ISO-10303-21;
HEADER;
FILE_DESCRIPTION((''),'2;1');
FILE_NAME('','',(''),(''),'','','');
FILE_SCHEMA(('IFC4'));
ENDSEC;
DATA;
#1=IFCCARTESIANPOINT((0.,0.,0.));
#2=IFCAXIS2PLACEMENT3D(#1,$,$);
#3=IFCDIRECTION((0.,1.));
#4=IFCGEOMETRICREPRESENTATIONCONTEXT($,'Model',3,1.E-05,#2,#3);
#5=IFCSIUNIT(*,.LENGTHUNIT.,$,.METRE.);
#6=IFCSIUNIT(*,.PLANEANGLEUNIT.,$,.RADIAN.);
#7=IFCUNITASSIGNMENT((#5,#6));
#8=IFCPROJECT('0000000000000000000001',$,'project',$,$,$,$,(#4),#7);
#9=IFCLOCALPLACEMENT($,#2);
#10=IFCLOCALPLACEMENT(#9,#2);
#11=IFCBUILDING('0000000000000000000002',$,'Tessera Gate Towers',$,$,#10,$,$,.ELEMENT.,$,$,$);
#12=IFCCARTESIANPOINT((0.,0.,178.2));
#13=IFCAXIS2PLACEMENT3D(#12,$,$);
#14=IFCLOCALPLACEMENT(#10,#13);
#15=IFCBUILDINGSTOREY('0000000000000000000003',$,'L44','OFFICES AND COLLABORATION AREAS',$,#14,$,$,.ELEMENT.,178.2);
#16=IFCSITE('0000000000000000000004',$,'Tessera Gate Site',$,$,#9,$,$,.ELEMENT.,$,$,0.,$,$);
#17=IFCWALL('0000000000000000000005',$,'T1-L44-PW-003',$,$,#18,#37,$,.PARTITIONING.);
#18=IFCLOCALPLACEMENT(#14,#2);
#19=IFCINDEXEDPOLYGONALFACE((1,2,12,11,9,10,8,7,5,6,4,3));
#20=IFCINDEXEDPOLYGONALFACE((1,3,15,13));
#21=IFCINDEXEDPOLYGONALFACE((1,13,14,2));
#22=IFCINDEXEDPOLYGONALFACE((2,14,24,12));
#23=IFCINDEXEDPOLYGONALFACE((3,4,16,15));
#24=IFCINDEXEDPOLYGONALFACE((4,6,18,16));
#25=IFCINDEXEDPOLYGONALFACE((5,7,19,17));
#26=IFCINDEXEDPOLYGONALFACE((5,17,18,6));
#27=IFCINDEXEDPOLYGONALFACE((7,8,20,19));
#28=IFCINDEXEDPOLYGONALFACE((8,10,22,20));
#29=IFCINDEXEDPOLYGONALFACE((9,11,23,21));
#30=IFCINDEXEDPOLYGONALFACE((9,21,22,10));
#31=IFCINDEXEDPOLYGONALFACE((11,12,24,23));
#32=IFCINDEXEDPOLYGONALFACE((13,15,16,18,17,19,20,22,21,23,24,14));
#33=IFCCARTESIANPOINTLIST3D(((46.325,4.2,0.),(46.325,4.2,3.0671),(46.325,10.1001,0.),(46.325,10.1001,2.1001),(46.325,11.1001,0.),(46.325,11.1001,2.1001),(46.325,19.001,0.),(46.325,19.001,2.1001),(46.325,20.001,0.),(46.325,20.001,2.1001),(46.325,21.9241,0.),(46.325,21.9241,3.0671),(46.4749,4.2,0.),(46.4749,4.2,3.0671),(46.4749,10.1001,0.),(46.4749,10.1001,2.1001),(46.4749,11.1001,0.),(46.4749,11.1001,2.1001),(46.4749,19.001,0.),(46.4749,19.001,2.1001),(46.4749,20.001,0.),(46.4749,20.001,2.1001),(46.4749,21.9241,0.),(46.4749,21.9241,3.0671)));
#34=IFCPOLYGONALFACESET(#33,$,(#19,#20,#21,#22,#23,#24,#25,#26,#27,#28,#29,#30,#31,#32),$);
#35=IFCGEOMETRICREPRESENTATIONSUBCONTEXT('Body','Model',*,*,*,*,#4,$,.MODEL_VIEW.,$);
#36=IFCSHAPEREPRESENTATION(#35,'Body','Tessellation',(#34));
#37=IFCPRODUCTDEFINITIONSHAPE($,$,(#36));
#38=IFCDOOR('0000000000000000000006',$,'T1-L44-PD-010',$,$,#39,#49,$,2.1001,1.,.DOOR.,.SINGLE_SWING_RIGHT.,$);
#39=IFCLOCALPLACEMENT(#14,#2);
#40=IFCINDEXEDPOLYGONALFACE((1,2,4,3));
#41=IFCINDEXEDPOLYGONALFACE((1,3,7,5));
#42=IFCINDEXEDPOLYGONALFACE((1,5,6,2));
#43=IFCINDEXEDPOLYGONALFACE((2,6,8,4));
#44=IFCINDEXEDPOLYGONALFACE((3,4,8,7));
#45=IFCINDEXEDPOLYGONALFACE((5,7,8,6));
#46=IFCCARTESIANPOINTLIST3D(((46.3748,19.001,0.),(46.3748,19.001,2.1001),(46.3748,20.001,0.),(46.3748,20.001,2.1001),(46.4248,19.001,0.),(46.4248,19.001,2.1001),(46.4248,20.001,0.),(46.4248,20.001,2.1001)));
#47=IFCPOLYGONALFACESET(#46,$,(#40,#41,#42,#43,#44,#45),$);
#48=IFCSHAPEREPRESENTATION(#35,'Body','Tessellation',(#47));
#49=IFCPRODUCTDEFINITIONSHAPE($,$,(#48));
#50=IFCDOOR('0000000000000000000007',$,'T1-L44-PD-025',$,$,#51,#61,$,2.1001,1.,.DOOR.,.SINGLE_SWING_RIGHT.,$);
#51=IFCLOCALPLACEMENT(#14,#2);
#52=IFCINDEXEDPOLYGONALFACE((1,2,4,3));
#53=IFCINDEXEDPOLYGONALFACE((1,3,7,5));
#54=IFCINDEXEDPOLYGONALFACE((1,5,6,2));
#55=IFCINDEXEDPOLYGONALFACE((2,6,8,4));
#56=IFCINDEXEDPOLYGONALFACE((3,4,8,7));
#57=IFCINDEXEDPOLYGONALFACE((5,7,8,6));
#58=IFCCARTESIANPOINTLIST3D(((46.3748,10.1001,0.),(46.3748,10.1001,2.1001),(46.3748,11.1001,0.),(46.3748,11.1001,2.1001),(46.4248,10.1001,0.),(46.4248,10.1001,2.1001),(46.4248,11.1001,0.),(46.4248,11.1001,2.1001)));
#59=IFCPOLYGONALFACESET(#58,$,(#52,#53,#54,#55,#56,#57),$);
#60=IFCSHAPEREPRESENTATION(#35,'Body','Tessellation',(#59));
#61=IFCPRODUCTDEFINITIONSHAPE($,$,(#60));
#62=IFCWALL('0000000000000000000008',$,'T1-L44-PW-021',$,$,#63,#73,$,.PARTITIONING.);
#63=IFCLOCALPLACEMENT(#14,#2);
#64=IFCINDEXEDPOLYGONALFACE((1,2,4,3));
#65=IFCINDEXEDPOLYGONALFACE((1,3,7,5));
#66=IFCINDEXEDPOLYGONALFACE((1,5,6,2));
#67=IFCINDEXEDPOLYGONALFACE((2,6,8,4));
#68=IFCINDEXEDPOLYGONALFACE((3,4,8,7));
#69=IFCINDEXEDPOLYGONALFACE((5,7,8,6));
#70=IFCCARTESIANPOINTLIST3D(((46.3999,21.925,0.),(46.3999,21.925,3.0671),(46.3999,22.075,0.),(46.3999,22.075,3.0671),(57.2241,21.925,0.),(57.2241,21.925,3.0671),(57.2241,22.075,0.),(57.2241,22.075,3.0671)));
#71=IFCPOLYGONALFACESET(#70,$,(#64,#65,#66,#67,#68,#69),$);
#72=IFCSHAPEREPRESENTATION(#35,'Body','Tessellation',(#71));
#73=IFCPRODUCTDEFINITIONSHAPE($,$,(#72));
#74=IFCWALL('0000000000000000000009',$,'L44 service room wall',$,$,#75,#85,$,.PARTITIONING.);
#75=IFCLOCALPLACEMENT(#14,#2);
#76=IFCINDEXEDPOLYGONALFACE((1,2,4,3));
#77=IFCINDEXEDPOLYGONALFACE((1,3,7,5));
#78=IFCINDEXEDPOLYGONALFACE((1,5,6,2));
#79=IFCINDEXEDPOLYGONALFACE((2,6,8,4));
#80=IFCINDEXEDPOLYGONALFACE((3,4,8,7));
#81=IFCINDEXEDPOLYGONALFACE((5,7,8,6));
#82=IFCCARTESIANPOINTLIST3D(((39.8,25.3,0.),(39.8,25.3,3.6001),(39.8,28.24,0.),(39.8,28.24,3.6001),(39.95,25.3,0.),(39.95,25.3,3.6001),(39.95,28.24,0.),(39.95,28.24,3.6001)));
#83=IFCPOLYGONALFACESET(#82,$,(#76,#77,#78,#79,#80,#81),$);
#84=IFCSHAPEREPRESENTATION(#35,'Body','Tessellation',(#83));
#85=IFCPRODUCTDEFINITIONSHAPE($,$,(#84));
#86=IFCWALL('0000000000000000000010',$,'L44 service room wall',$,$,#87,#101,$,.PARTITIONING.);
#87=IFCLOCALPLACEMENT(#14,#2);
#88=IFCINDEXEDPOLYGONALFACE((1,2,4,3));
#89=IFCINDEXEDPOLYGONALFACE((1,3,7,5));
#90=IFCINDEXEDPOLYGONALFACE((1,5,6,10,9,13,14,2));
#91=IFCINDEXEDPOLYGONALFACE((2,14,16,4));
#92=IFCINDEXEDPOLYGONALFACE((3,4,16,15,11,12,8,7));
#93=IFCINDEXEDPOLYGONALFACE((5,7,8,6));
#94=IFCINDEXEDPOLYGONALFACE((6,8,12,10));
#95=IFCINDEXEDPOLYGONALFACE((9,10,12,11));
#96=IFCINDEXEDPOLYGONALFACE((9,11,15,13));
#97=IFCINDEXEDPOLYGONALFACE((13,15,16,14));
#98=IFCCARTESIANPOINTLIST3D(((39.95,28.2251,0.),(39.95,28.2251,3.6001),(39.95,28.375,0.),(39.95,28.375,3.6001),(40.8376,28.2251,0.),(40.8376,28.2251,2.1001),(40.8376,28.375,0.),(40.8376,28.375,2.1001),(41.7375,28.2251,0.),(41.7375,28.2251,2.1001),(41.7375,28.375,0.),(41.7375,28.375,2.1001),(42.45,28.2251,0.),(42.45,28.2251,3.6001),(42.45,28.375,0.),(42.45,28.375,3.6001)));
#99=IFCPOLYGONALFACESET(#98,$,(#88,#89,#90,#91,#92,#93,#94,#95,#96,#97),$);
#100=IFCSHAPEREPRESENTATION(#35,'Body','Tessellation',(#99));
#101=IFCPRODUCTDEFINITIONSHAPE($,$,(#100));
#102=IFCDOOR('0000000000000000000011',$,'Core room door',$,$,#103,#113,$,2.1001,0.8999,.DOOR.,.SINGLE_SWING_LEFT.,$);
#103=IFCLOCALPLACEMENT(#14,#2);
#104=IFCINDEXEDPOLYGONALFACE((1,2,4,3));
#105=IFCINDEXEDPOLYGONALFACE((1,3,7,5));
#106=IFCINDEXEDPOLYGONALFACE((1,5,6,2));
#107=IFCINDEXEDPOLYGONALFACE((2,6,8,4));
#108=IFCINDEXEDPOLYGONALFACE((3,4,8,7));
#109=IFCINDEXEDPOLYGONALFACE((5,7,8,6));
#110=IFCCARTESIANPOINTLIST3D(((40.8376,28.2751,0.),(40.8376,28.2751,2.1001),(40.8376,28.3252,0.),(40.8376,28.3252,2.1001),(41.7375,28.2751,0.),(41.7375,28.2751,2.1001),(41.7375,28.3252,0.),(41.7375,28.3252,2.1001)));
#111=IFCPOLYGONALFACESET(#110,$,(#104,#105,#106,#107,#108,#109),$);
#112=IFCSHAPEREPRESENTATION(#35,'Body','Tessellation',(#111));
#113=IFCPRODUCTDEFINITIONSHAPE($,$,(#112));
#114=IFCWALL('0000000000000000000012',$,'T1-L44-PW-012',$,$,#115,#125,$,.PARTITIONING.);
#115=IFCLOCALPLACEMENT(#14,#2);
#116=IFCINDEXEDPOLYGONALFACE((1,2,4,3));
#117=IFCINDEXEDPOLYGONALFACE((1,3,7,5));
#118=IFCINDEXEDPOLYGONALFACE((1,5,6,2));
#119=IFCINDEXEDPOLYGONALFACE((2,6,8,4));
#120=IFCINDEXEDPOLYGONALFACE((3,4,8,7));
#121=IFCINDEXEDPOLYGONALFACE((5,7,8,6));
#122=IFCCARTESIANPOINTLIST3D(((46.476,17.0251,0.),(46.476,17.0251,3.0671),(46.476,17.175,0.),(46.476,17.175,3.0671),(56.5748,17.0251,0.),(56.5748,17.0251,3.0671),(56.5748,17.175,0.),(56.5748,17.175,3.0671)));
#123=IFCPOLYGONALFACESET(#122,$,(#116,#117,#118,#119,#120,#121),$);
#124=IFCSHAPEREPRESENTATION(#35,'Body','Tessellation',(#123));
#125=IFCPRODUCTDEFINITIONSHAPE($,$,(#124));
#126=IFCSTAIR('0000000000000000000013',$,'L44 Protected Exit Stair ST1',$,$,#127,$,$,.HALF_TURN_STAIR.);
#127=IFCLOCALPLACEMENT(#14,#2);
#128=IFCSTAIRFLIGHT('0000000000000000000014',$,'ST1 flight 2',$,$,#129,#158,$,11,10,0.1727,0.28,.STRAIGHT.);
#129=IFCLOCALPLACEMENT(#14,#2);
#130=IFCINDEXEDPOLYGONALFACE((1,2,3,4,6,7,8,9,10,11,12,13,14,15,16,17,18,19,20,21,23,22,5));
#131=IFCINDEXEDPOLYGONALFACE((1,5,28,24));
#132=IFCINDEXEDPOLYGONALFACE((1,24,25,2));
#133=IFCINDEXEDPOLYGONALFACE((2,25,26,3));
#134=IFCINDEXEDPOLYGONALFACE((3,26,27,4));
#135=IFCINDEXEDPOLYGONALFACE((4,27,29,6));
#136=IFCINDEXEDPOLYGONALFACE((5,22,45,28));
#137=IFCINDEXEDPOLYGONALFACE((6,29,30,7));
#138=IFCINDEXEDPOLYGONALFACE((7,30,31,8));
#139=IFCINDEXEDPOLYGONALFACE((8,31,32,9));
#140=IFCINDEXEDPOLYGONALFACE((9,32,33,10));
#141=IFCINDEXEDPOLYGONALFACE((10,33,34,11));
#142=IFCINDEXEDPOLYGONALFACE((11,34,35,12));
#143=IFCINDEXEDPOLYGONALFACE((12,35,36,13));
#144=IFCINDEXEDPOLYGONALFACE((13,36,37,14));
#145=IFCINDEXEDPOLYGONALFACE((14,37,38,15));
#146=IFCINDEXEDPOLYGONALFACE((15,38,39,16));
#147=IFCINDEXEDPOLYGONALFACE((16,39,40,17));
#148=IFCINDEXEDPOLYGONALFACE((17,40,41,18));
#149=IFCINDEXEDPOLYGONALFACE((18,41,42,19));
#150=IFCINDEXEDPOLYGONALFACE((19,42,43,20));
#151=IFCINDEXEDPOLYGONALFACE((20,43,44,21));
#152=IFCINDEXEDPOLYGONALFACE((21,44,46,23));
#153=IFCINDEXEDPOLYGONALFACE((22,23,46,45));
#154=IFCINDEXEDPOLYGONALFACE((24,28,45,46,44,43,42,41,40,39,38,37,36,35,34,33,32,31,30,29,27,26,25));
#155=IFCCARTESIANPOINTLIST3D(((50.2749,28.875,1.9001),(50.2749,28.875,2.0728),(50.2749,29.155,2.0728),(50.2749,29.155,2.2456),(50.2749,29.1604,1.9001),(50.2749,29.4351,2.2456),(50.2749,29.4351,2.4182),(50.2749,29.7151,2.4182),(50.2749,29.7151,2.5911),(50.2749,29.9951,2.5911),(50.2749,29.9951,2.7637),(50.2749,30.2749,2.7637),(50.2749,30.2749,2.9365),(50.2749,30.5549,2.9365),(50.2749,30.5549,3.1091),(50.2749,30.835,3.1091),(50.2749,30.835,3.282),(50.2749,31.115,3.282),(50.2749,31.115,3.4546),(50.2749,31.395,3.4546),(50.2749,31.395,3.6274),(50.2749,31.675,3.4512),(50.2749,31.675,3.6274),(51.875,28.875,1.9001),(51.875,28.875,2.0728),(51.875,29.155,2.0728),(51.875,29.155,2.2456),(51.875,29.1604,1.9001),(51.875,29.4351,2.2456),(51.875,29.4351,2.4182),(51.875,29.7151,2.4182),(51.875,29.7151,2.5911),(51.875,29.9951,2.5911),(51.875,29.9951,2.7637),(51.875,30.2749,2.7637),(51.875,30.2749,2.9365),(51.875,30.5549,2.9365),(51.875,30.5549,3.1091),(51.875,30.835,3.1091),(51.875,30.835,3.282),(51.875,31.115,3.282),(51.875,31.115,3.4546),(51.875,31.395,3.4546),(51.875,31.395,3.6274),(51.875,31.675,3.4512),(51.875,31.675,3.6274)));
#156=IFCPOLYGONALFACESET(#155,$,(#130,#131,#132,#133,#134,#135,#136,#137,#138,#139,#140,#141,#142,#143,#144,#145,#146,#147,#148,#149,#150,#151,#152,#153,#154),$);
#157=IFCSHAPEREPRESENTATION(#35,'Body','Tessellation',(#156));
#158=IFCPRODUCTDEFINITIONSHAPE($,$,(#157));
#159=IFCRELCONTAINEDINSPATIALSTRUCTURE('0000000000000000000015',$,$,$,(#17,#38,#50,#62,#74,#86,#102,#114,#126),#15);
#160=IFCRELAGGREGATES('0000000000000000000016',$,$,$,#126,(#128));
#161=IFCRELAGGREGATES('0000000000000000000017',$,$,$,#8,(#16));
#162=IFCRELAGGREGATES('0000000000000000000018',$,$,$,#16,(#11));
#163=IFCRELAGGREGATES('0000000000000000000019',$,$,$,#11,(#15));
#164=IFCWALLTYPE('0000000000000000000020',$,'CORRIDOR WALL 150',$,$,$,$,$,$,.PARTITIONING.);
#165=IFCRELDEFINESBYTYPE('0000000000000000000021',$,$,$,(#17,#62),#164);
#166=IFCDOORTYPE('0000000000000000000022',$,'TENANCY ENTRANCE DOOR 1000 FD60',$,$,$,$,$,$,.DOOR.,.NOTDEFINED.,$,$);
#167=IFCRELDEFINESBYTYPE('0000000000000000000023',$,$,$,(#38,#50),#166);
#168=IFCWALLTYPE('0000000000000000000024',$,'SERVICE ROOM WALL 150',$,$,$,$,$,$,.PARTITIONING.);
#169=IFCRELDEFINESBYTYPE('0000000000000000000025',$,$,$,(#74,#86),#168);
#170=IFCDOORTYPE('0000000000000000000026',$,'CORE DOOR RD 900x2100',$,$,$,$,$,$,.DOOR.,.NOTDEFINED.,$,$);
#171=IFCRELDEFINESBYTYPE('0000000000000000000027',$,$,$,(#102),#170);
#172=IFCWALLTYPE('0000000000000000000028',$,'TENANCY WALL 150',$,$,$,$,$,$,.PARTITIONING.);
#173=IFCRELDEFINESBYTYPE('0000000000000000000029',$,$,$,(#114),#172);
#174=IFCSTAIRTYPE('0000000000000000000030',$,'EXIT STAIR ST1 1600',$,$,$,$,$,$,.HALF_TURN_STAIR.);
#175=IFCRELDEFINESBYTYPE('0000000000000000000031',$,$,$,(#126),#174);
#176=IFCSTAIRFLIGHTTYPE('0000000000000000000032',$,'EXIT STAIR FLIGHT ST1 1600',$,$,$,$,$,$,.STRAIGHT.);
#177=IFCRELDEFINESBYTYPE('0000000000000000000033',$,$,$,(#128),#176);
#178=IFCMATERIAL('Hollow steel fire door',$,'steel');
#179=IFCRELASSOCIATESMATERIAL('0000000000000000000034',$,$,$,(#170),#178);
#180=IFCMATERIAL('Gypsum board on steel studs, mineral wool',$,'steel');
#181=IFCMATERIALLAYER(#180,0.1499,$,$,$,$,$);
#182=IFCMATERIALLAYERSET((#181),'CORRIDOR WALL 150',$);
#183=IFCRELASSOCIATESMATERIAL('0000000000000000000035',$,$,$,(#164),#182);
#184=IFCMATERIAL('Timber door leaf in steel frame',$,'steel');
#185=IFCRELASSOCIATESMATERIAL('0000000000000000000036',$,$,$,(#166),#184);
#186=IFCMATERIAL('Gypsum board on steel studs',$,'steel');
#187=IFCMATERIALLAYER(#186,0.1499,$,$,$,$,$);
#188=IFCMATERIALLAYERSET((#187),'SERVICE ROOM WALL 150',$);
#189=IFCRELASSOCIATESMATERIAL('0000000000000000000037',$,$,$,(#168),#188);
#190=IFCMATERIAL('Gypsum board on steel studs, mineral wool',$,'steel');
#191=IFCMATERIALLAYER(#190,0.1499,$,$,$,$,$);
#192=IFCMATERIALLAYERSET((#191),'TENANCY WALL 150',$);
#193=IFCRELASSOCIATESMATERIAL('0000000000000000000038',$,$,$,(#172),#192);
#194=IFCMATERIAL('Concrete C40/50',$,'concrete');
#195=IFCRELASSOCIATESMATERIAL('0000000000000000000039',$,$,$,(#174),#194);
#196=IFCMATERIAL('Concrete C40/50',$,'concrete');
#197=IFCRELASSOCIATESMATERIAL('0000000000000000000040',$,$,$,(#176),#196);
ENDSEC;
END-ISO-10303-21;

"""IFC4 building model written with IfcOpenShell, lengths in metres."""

from ifc_helpers import new_model, si_unit, direction, frame, frame_2d, origin, place, context, subcontext, project, spatial, polyline, rectangle, outline, extrude, source, transform, mapped, material, layer, layer_set, type_object, element, fill, aggregate, save


model = new_model("IFC4")

# Units and contexts
model_context = context("Model", 3, precision=1e-05, world=origin(), true_north=direction((0.0, 1.0)))
body_context = subcontext(model_context, "Body", "Model", "MODEL_VIEW")
ifc_project = project(units=[si_unit("LENGTHUNIT", "METRE"), si_unit("PLANEANGLEUNIT", "RADIAN")], contexts=[model_context])

# Site, building, storey
site_placement = place(None, origin())
site = spatial("IfcSite", under=ifc_project, at=site_placement, Name="Tessera Gate Site", CompositionType="ELEMENT", RefElevation=0.0)
building_placement = place(site_placement, origin())
building = spatial("IfcBuilding", under=site, at=building_placement, Name="Tessera Gate Towers", CompositionType="ELEMENT")
storey_placement = place(building_placement, frame((0.0, 0.0, 178.2)))
storey = spatial("IfcBuildingStorey", under=building, at=storey_placement, Name="L44", Description="OFFICES AND COLLABORATION AREAS", CompositionType="ELEMENT", Elevation=178.2)

# Shared definitions
ifc_material_1 = material(Name="Hollow steel fire door", Category="steel")
door_type_1 = type_object("IfcDoorType", Name="CORE DOOR RD 900x2100", OperationType="NOTDEFINED", PredefinedType="DOOR", material=ifc_material_1)
shared_shape_1 = source(origin(), body_context, "Body", "SweptSolid", [
    extrude(rectangle(XDim=0.8999, YDim=2.1001, at=frame_2d((0.45, 1.05))), frame((0.0, 0.0249, 0.0), z_axis=(0.0, -1.0, 0.0), x_axis=(1.0, 0.0, 0.0)), (0.0, 0.0, 1.0), 0.05),
])

# Wall, openings, doors
ifc_material_2 = material(Name="Gypsum board on steel studs, mineral wool", Category="steel")
ifc_layer_1 = layer(ifc_material_2, 0.1499)
ifc_layer_set_1 = layer_set([ifc_layer_1], Name="CORRIDOR WALL 150")
wall_type_1 = type_object("IfcWallType", Name="CORRIDOR WALL 150", PredefinedType="PARTITIONING", material=ifc_layer_set_1)
wall_1_placement = place(storey_placement, frame((46.3999, 21.9241, 0.0), z_axis=(0.0, 0.0, 1.0), x_axis=(0.0, -1.0, 0.0)))
wall_1 = element("IfcWall", 1, at=wall_1_placement, inside=storey, type_object=wall_type_1, Name="T1-L44-PW-003", PredefinedType="PARTITIONING", context=body_context, shape_type="SweptSolid", body=[
    extrude(rectangle(XDim=17.7241, YDim=0.1499, at=frame_2d((8.8621, 0.0))), origin(), (0.0, 0.0, 1.0), 3.0671),
])
shared_shape_2 = source(origin(), body_context, "Body", "SweptSolid", [
    extrude(rectangle(XDim=1.0, YDim=2.1001, at=frame_2d((0.5, 1.05))), frame((0.0, 0.085, 0.0), z_axis=(0.0, -1.0, 0.0), x_axis=(1.0, 0.0, 0.0)), (0.0, 0.0, 1.0), 0.1699),
])
opening_1_placement = place(wall_1_placement, frame((1.9231, 0.0, 0.0)))
opening_1 = element("IfcOpeningElement", 2, at=opening_1_placement, cuts=wall_1, PredefinedType="OPENING", context=body_context, shape_type="MappedRepresentation", body=[
    mapped(shared_shape_2, transform((0.0, 0.0, 0.0), scale=1.0)),
])
opening_2_placement = place(wall_1_placement, frame((10.824, 0.0, 0.0)))
opening_2 = element("IfcOpeningElement", 3, at=opening_2_placement, cuts=wall_1, PredefinedType="OPENING", context=body_context, shape_type="MappedRepresentation", body=[
    mapped(shared_shape_2, transform((0.0, 0.0, 0.0), scale=1.0)),
])
ifc_material_3 = material(Name="Timber door leaf in steel frame", Category="steel")
door_type_2 = type_object("IfcDoorType", Name="TENANCY ENTRANCE DOOR 1000 FD60", OperationType="NOTDEFINED", PredefinedType="DOOR", material=ifc_material_3)
shared_shape_3 = source(origin(), body_context, "Body", "SweptSolid", [
    extrude(rectangle(XDim=1.0, YDim=2.1001, at=frame_2d((0.5, 1.05))), frame((0.0, 0.0249, 0.0), z_axis=(0.0, -1.0, 0.0), x_axis=(1.0, 0.0, 0.0)), (0.0, 0.0, 1.0), 0.05),
])
door_1_placement = place(opening_1_placement, origin())
door_1 = element("IfcDoor", 4, at=door_1_placement, inside=storey, type_object=door_type_2, Name="T1-L44-PD-010", OperationType="SINGLE_SWING_RIGHT", OverallHeight=2.1001, OverallWidth=1.0, PredefinedType="DOOR", context=body_context, shape_type="MappedRepresentation", body=[
    mapped(shared_shape_3, transform((0.0, 0.0, 0.0), scale=1.0)),
])
fill(opening_1, door_1)
door_2_placement = place(opening_2_placement, origin())
door_2 = element("IfcDoor", 5, at=door_2_placement, inside=storey, type_object=door_type_2, Name="T1-L44-PD-025", OperationType="SINGLE_SWING_RIGHT", OverallHeight=2.1001, OverallWidth=1.0, PredefinedType="DOOR", context=body_context, shape_type="MappedRepresentation", body=[
    mapped(shared_shape_3, transform((0.0, 0.0, 0.0), scale=1.0)),
])
fill(opening_2, door_2)

# Walls
wall_2_placement = place(storey_placement, frame((46.3999, 22.0, 0.0), z_axis=(0.0, 0.0, 1.0), x_axis=(1.0, 0.0, 0.0)))
element("IfcWall", 6, at=wall_2_placement, inside=storey, type_object=wall_type_1, Name="T1-L44-PW-021", PredefinedType="PARTITIONING", context=body_context, shape_type="SweptSolid", body=[
    extrude(rectangle(XDim=10.8242, YDim=0.1499, at=frame_2d((5.4121, 0.0))), origin(), (0.0, 0.0, 1.0), 3.0671),
])
ifc_material_4 = material(Name="Gypsum board on steel studs", Category="steel")
ifc_layer_2 = layer(ifc_material_4, 0.1499)
ifc_layer_set_2 = layer_set([ifc_layer_2], Name="SERVICE ROOM WALL 150")
wall_type_2 = type_object("IfcWallType", Name="SERVICE ROOM WALL 150", PredefinedType="PARTITIONING", material=ifc_layer_set_2)
wall_3_placement = place(storey_placement, frame((39.875, 25.3, 0.0), z_axis=(0.0, 0.0, 1.0), x_axis=(0.0, 1.0, 0.0)))
element("IfcWall", 7, at=wall_3_placement, inside=storey, type_object=wall_type_2, Name="L44 service room wall", PredefinedType="PARTITIONING", context=body_context, shape_type="SweptSolid", body=[
    extrude(rectangle(XDim=2.9399, YDim=0.1499, at=frame_2d((1.47, 0.0))), origin(), (0.0, 0.0, 1.0), 3.6001),
])

# Wall, opening, door
wall_4_placement = place(storey_placement, frame((42.45, 28.3, 0.0), z_axis=(0.0, 0.0, 1.0), x_axis=(-1.0, 0.0, 0.0)))
wall_4 = element("IfcWall", 8, at=wall_4_placement, inside=storey, type_object=wall_type_2, Name="L44 service room wall", PredefinedType="PARTITIONING", context=body_context, shape_type="SweptSolid", body=[
    extrude(rectangle(XDim=2.5, YDim=0.1499, at=frame_2d((1.25, 0.0))), origin(), (0.0, 0.0, 1.0), 3.6001),
])
shared_shape_4 = source(origin(), body_context, "Body", "SweptSolid", [
    extrude(rectangle(XDim=0.8999, YDim=2.1001, at=frame_2d((0.45, 1.05))), frame((0.0, 0.085, 0.0), z_axis=(0.0, -1.0, 0.0), x_axis=(1.0, 0.0, 0.0)), (0.0, 0.0, 1.0), 0.1699),
])
opening_3_placement = place(wall_4_placement, frame((0.7124, 0.0, 0.0)))
opening_3 = element("IfcOpeningElement", 9, at=opening_3_placement, cuts=wall_4, PredefinedType="OPENING", context=body_context, shape_type="MappedRepresentation", body=[
    mapped(shared_shape_4, transform((0.0, 0.0, 0.0), scale=1.0)),
])
door_3_placement = place(opening_3_placement, origin())
door_3 = element("IfcDoor", 10, at=door_3_placement, inside=storey, type_object=door_type_1, Name="Core room door", OperationType="SINGLE_SWING_LEFT", OverallHeight=2.1001, OverallWidth=0.8999, PredefinedType="DOOR", context=body_context, shape_type="MappedRepresentation", body=[
    mapped(shared_shape_1, transform((0.0, 0.0, 0.0), scale=1.0)),
])
fill(opening_3, door_3)

# Wall
ifc_material_5 = material(Name="Gypsum board on steel studs, mineral wool", Category="steel")
ifc_layer_3 = layer(ifc_material_5, 0.1499)
ifc_layer_set_3 = layer_set([ifc_layer_3], Name="TENANCY WALL 150")
wall_type_3 = type_object("IfcWallType", Name="TENANCY WALL 150", PredefinedType="PARTITIONING", material=ifc_layer_set_3)
wall_5_placement = place(storey_placement, frame((46.4761, 17.1001, 0.0), z_axis=(0.0, 0.0, 1.0), x_axis=(1.0, 0.0, 0.0)))
element("IfcWall", 11, at=wall_5_placement, inside=storey, type_object=wall_type_3, Name="T1-L44-PW-012", PredefinedType="PARTITIONING", context=body_context, shape_type="SweptSolid", body=[
    extrude(rectangle(XDim=10.0989, YDim=0.1499, at=frame_2d((5.0493, 0.0))), origin(), (0.0, 0.0, 1.0), 3.0671),
])

# Stair, stair flight
ifc_material_6 = material(Name="Concrete C40/50", Category="concrete")
stair_type = type_object("IfcStairType", Name="EXIT STAIR ST1 1600", PredefinedType="HALF_TURN_STAIR", material=ifc_material_6)
stair_placement = place(storey_placement, origin())
stair = element("IfcStair", 12, at=stair_placement, inside=storey, type_object=stair_type, Name="L44 Protected Exit Stair ST1", PredefinedType="HALF_TURN_STAIR")
ifc_material_7 = material(Name="Concrete C40/50", Category="concrete")
stair_flight_type = type_object("IfcStairFlightType", Name="EXIT STAIR FLIGHT ST1 1600", PredefinedType="STRAIGHT", material=ifc_material_7)
stair_flight_placement = place(storey_placement, frame((51.075, 28.875, 1.9001), z_axis=(0.0, 0.0, 1.0), x_axis=(0.0, 1.0, 0.0)))
stair_flight = element("IfcStairFlight", 13, at=stair_flight_placement, type_object=stair_flight_type, Name="ST1 flight 2", NumberOfRisers=11, NumberOfTreads=10, PredefinedType="STRAIGHT", RiserHeight=0.1727, TreadLength=0.28, context=body_context, shape_type="SweptSolid", body=[
    extrude(outline(polyline([(0.0, 0.0), (0.0, 0.1726), (0.28, 0.1726), (0.28, 0.3455), (0.5601, 0.3455), (0.5601, 0.5181), (0.8401, 0.5181), (0.8401, 0.6909), (1.1201, 0.6909), (1.1201, 0.8635), (1.3999, 0.8635), (1.3999, 1.0364), (1.6799, 1.0364), (1.6799, 1.209), (1.96, 1.209), (1.96, 1.3818), (2.24, 1.3818), (2.24, 1.5544), (2.52, 1.5544), (2.52, 1.7273), (2.8, 1.7273), (2.8, 1.8999), (2.8, 1.551), (0.2854, 0.0), (0.0, 0.0)])), frame((0.0, 0.8, 0.0), z_axis=(0.0, -1.0, 0.0), x_axis=(1.0, 0.0, 0.0)), (0.0, 0.0, 1.0), 1.6001),
])
aggregate(stair, [stair_flight])

save(model, "model.ifc")
